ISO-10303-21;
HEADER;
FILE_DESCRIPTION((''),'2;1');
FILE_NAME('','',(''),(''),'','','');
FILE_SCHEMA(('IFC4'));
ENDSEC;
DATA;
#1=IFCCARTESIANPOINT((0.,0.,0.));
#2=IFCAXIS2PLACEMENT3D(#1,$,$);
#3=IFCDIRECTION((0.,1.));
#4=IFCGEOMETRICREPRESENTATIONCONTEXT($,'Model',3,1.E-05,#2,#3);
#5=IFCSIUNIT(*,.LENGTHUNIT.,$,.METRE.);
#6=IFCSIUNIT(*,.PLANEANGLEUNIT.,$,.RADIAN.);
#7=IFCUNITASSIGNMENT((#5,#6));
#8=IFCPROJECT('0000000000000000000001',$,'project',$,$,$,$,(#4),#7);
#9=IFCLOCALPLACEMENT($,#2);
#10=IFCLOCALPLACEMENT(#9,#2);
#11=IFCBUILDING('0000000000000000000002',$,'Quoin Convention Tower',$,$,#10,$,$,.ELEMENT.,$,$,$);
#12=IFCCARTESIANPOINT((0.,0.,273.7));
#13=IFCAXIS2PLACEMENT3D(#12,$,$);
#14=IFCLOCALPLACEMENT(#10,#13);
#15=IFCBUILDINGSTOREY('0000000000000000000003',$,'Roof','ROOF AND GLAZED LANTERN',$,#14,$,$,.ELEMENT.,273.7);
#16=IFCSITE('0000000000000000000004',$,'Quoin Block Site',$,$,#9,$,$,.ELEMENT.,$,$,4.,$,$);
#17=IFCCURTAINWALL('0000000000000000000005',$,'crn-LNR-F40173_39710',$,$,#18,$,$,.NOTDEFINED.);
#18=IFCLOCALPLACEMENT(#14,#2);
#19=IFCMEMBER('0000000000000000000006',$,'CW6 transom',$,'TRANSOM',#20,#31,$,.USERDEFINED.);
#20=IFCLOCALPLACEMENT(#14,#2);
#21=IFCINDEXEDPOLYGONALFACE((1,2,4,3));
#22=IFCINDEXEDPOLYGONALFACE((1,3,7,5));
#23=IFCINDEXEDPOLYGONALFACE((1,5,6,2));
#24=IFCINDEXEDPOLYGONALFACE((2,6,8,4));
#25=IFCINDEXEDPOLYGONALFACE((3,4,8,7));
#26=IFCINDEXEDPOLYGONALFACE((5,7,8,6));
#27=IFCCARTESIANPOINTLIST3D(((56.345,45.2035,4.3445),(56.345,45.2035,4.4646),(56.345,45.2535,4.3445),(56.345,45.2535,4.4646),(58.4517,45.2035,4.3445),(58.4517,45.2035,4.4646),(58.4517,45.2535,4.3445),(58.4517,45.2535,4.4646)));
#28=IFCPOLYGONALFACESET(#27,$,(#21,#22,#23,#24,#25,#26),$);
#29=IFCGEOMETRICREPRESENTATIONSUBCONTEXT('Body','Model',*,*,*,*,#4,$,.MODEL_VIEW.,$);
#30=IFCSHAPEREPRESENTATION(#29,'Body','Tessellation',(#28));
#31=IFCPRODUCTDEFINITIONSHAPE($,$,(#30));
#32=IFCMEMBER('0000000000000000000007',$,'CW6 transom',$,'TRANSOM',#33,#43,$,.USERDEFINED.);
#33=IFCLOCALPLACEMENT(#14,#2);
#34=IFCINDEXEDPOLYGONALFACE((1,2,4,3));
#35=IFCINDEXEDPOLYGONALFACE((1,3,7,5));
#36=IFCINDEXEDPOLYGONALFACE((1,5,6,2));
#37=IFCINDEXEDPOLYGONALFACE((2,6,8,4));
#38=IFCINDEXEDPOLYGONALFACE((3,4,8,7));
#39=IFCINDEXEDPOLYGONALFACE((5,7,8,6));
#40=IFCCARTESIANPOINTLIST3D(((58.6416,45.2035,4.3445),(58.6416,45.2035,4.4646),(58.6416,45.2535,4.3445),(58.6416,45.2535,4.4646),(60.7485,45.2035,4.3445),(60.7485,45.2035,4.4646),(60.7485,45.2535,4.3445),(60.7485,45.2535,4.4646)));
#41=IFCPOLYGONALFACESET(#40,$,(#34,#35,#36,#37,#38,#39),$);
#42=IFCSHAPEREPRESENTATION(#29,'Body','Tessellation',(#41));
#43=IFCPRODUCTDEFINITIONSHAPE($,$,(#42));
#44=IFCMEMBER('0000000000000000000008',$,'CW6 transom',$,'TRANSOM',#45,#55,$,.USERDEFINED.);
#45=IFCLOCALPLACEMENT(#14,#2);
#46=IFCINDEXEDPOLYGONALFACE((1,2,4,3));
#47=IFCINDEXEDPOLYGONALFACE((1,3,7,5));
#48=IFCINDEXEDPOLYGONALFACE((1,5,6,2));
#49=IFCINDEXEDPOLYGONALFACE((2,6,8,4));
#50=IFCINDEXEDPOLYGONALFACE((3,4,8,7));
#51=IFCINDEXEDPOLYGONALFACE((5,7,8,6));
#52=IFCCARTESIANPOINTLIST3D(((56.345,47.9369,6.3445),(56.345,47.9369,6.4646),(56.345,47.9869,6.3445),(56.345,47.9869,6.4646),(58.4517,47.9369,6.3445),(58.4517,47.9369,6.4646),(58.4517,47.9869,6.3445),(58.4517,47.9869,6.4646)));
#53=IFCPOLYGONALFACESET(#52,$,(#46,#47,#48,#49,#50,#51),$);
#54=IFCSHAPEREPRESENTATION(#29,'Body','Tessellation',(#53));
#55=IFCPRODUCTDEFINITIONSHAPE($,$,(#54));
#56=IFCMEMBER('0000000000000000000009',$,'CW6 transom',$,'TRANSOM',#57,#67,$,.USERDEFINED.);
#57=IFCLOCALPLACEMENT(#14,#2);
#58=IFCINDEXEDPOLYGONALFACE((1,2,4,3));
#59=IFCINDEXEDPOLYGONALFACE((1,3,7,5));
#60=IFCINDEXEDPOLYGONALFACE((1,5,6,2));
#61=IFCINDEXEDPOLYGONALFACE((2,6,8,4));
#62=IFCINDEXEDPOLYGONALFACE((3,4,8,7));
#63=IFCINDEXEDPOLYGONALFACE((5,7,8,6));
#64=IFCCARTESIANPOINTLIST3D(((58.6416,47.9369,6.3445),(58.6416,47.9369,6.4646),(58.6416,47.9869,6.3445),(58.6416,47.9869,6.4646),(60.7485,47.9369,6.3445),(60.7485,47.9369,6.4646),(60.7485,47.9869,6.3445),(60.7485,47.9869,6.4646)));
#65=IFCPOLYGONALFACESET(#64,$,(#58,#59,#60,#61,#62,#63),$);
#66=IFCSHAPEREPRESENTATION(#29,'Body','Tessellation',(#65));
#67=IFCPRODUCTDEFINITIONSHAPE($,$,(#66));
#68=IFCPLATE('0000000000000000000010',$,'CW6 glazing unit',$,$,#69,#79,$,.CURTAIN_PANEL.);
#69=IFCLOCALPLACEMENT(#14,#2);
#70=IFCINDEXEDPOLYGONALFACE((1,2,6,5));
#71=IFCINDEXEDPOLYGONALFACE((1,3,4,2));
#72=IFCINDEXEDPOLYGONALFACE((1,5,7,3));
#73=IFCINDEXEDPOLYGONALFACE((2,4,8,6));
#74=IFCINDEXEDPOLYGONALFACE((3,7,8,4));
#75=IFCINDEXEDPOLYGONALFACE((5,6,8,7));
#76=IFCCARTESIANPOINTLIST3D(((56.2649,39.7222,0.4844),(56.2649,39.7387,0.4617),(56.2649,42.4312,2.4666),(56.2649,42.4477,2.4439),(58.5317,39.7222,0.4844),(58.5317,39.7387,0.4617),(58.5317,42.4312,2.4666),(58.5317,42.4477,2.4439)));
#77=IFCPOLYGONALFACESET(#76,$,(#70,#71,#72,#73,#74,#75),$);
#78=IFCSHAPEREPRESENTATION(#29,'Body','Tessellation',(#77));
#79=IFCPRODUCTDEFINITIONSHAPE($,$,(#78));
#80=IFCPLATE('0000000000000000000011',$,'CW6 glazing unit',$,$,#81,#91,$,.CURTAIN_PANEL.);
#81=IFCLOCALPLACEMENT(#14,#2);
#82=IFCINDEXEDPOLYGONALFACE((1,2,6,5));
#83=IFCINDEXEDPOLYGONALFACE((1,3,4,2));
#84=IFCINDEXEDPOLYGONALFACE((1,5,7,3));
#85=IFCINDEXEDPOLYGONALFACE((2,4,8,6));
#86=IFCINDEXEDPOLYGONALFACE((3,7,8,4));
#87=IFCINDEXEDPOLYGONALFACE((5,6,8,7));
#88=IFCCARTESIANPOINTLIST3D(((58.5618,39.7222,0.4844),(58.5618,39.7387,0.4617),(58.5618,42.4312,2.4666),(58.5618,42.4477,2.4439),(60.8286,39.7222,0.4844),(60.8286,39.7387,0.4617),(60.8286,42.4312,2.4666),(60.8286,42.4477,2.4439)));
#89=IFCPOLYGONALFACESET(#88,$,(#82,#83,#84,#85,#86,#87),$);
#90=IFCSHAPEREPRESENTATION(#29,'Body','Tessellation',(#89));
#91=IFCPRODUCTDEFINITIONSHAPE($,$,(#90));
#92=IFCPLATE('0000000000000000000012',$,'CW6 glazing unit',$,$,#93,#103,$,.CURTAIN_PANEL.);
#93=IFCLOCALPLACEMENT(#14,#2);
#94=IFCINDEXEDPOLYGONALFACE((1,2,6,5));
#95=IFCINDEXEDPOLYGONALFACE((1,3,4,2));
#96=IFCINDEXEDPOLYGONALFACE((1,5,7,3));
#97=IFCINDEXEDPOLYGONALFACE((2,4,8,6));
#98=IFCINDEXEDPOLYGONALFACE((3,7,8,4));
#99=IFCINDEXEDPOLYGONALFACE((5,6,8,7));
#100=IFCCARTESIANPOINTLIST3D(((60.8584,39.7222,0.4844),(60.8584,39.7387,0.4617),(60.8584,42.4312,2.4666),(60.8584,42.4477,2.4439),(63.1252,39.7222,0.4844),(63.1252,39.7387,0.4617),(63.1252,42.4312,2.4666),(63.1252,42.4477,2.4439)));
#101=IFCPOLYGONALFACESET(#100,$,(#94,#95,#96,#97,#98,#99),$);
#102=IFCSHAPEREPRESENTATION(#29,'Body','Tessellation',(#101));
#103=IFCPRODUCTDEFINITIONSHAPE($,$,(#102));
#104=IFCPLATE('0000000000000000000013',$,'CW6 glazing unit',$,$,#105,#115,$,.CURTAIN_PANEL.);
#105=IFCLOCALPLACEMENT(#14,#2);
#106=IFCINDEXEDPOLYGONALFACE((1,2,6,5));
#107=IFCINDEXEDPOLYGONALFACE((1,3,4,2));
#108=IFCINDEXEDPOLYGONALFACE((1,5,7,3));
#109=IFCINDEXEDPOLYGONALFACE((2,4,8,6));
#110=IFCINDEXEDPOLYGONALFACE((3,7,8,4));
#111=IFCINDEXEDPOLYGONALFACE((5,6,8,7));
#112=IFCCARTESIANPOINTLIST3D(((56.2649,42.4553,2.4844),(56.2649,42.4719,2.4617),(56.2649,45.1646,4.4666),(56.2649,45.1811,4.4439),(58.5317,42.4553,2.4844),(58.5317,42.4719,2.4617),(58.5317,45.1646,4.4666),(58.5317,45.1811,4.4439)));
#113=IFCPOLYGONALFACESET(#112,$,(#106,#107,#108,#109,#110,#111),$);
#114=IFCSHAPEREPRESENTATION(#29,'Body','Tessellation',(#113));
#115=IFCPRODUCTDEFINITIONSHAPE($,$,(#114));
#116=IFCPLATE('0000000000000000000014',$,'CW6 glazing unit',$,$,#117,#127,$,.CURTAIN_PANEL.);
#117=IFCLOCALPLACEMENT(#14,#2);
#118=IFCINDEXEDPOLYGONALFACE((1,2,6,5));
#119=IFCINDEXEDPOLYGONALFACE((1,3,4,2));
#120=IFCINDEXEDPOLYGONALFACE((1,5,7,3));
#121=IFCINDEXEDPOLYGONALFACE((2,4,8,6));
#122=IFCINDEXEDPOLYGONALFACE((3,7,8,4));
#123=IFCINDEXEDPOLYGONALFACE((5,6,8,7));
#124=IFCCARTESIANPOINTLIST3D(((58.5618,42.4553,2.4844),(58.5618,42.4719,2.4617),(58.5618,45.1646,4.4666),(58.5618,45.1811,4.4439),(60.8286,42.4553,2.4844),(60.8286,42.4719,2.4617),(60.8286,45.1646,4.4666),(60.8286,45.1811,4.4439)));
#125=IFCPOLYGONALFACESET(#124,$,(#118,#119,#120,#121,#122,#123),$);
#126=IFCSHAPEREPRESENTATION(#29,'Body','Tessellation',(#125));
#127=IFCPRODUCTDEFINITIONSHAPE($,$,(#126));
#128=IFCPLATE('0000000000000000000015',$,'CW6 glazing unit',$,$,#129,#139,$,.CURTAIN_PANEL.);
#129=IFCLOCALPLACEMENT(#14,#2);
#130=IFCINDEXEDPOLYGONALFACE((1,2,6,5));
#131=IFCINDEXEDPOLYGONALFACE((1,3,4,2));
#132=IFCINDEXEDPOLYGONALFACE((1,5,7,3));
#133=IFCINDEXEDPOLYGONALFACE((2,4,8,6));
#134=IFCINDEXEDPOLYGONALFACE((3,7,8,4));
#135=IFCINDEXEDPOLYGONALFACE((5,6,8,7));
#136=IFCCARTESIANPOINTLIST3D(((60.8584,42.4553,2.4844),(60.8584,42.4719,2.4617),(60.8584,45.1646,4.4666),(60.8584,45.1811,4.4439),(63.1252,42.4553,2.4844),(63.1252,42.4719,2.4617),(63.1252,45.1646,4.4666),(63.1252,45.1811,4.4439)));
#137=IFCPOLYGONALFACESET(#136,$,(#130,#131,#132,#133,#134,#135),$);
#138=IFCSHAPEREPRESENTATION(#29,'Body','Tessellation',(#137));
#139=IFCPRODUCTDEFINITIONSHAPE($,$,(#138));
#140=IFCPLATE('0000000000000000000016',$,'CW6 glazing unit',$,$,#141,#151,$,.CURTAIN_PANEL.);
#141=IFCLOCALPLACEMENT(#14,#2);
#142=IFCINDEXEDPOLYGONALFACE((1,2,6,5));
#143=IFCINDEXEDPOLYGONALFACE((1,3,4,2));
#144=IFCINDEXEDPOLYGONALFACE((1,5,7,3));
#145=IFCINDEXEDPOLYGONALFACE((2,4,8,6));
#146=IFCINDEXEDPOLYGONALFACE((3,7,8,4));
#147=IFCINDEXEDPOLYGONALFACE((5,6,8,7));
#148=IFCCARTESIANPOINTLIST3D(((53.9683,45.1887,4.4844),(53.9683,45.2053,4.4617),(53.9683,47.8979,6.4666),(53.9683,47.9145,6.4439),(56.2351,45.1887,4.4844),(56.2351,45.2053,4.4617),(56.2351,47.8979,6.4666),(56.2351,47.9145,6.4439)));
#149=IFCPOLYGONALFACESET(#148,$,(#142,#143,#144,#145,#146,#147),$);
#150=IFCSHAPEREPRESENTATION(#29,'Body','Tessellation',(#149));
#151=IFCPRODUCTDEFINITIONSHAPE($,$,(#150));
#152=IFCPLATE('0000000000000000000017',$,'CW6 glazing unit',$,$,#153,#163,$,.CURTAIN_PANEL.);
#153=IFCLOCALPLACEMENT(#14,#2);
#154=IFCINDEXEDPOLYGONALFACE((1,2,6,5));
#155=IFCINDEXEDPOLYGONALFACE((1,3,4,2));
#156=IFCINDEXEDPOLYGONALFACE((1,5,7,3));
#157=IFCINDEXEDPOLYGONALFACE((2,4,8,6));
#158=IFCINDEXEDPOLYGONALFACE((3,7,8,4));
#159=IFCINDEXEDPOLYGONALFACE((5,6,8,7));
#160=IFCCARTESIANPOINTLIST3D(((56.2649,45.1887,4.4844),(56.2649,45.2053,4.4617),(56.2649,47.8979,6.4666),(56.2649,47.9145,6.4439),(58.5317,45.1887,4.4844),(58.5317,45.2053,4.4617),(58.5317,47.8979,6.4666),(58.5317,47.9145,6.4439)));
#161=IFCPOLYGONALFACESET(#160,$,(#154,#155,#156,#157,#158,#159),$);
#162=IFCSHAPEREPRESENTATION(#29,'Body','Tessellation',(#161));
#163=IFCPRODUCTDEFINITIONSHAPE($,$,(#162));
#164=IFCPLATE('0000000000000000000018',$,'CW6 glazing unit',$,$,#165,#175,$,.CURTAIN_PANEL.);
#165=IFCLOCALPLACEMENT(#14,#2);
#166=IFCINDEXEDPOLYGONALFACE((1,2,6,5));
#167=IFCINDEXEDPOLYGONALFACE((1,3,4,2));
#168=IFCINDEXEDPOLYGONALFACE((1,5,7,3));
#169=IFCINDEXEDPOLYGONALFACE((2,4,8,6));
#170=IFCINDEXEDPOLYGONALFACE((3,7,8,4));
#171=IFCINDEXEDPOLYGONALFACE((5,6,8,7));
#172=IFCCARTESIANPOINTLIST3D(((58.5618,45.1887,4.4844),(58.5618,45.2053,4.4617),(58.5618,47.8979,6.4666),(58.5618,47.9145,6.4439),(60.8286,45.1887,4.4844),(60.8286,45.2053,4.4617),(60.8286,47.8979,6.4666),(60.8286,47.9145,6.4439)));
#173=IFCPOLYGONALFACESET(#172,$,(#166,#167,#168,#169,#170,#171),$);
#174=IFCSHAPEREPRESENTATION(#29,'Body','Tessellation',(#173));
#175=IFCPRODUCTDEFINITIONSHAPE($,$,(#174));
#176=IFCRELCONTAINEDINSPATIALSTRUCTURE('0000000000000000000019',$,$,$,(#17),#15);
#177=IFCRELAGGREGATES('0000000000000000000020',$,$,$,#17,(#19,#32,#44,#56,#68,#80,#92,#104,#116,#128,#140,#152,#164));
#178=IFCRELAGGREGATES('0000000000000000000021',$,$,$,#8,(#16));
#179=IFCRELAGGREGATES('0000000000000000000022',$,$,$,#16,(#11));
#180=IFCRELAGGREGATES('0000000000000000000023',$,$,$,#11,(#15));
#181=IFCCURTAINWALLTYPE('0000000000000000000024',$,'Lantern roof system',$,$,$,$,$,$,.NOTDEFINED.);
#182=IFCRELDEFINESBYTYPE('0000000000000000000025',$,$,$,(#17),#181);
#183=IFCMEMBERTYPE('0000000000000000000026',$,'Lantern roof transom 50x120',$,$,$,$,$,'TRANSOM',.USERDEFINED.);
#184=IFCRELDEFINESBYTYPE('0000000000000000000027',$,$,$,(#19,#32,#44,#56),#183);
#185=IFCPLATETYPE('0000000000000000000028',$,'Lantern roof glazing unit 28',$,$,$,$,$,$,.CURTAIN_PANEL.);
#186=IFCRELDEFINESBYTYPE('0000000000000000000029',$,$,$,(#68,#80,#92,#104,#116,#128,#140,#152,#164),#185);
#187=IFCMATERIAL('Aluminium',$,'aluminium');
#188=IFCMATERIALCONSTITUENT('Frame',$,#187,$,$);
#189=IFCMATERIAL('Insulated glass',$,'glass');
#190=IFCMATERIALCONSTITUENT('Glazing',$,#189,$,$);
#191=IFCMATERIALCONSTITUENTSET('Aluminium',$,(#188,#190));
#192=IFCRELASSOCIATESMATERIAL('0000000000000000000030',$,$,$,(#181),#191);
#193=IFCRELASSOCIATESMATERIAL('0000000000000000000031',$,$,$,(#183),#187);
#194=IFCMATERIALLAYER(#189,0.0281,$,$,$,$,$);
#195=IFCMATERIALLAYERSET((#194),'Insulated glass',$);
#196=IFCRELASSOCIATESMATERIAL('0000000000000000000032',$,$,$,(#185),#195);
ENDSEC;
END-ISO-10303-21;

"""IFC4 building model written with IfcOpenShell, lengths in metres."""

from ifc_helpers import new_model, si_unit, direction, frame, origin, origin_2d, place, context, subcontext, project, spatial, polyline, rectangle, outline, extrude, material, layer, layer_set, constituent, constituent_set, material_profile, profile_set, type_object, element, aggregate, save


model = new_model("IFC4")

# Units and contexts
model_context = context("Model", 3, precision=1e-05, world=origin(), true_north=direction((0.0, 1.0)))
body_context = subcontext(model_context, "Body", "Model", "MODEL_VIEW")
ifc_project = project(units=[si_unit("LENGTHUNIT", "METRE"), si_unit("PLANEANGLEUNIT", "RADIAN")], contexts=[model_context])

# Site, building, storey
site_placement = place(None, origin())
site = spatial("IfcSite", under=ifc_project, at=site_placement, Name="Quoin Block Site", CompositionType="ELEMENT", RefElevation=4.0)
building_placement = place(site_placement, origin())
building = spatial("IfcBuilding", under=site, at=building_placement, Name="Quoin Convention Tower", CompositionType="ELEMENT")
storey_placement = place(building_placement, frame((0.0, 0.0, 273.7)))
storey = spatial("IfcBuildingStorey", under=building, at=storey_placement, Name="Roof", Description="ROOF AND GLAZED LANTERN", CompositionType="ELEMENT", Elevation=273.7)

# Shared definitions
ifc_material_1 = material(Name="Aluminium", Category="aluminium")
ifc_constituent_1 = constituent(ifc_material_1, Name="Frame")
ifc_material_2 = material(Name="Insulated glass", Category="glass")
ifc_constituent_2 = constituent(ifc_material_2, Name="Glazing")
ifc_constituent_set = constituent_set(constituents=[ifc_constituent_1, ifc_constituent_2], Name="Aluminium")
curtain_wall_type = type_object("IfcCurtainWallType", Name="Lantern roof system", PredefinedType="NOTDEFINED", material=ifc_constituent_set)

# Curtain wall
curtain_wall_1_placement = place(storey_placement, origin())
curtain_wall_1 = element("IfcCurtainWall", 1, at=curtain_wall_1_placement, inside=storey, type_object=curtain_wall_type, Name="crn-LNR-F40173_39710", PredefinedType="NOTDEFINED")

# Members
ifc_material_profile_1 = material_profile(ifc_material_1, rectangle(XDim=0.1201, YDim=0.05, at=origin_2d()), Name="Lantern roof transom 50x120")
ifc_profile_set_1 = profile_set([ifc_material_profile_1], Name="Aluminium")
member_type_1 = type_object("IfcMemberType", Name="Lantern roof transom 50x120", ElementType="TRANSOM", PredefinedType="USERDEFINED", material=ifc_profile_set_1)
member_1_placement = place(storey_placement, frame((56.345, 45.2285, 4.4045), z_axis=(1.0, 0.0, 0.0), x_axis=(0.0, 0.0, 1.0)))
member_1 = element("IfcMember", 2, at=member_1_placement, type_object=member_type_1, Name="CW6 transom", ObjectType="TRANSOM", PredefinedType="USERDEFINED", context=body_context, shape_type="SweptSolid", body=[
    extrude(rectangle(XDim=0.1201, YDim=0.05, at=origin_2d()), origin(), (0.0, 0.0, 1.0), 2.1067),
])
member_2_placement = place(storey_placement, frame((58.6416, 45.2285, 4.4045), z_axis=(1.0, 0.0, 0.0), x_axis=(0.0, 0.0, 1.0)))
member_2 = element("IfcMember", 3, at=member_2_placement, type_object=member_type_1, Name="CW6 transom", ObjectType="TRANSOM", PredefinedType="USERDEFINED", context=body_context, shape_type="SweptSolid", body=[
    extrude(rectangle(XDim=0.1201, YDim=0.05, at=origin_2d()), origin(), (0.0, 0.0, 1.0), 2.1069),
])
member_3_placement = place(storey_placement, frame((56.345, 47.9619, 6.4045), z_axis=(1.0, 0.0, 0.0), x_axis=(0.0, 0.0, 1.0)))
member_3 = element("IfcMember", 4, at=member_3_placement, type_object=member_type_1, Name="CW6 transom", ObjectType="TRANSOM", PredefinedType="USERDEFINED", context=body_context, shape_type="SweptSolid", body=[
    extrude(rectangle(XDim=0.1201, YDim=0.05, at=origin_2d()), origin(), (0.0, 0.0, 1.0), 2.1067),
])
member_4_placement = place(storey_placement, frame((58.6416, 47.9619, 6.4045), z_axis=(1.0, 0.0, 0.0), x_axis=(0.0, 0.0, 1.0)))
member_4 = element("IfcMember", 5, at=member_4_placement, type_object=member_type_1, Name="CW6 transom", ObjectType="TRANSOM", PredefinedType="USERDEFINED", context=body_context, shape_type="SweptSolid", body=[
    extrude(rectangle(XDim=0.1201, YDim=0.05, at=origin_2d()), origin(), (0.0, 0.0, 1.0), 2.1069),
])

# Plates
ifc_layer = layer(ifc_material_2, 0.0281)
ifc_layer_set = layer_set([ifc_layer], Name="Insulated glass")
plate_type = type_object("IfcPlateType", Name="Lantern roof glazing unit 28", PredefinedType="CURTAIN_PANEL", material=ifc_layer_set)
plate_1_placement = place(storey_placement, frame((56.2649, 42.4312, 2.4666), z_axis=(0.0, -0.590509, 0.807031), x_axis=(1.0, 0.0, 0.0)))
plate_1 = element("IfcPlate", 6, at=plate_1_placement, type_object=plate_type, Name="CW6 glazing unit", PredefinedType="CURTAIN_PANEL", context=body_context, shape_type="SweptSolid", body=[
    extrude(outline(polyline([(0.0, 0.0), (2.2668, 0.0), (2.2668, -3.3567), (0.0, -3.3567), (0.0, 0.0)])), origin(), (0.0, 0.0, -1.0), 0.0281),
])
plate_2_placement = place(storey_placement, frame((58.5618, 42.4312, 2.4666), z_axis=(0.0, -0.590509, 0.807031), x_axis=(1.0, 0.0, 0.0)))
plate_2 = element("IfcPlate", 7, at=plate_2_placement, type_object=plate_type, Name="CW6 glazing unit", PredefinedType="CURTAIN_PANEL", context=body_context, shape_type="SweptSolid", body=[
    extrude(outline(polyline([(0.0, 0.0), (2.2668, 0.0), (2.2668, -3.3567), (0.0, -3.3567), (0.0, 0.0)])), origin(), (0.0, 0.0, -1.0), 0.0281),
])
plate_3_placement = place(storey_placement, frame((60.8584, 42.4312, 2.4666), z_axis=(0.0, -0.590509, 0.807031), x_axis=(1.0, 0.0, 0.0)))
plate_3 = element("IfcPlate", 8, at=plate_3_placement, type_object=plate_type, Name="CW6 glazing unit", PredefinedType="CURTAIN_PANEL", context=body_context, shape_type="SweptSolid", body=[
    extrude(outline(polyline([(0.0, 0.0), (2.2668, 0.0), (2.2668, -3.3567), (0.0, -3.3567), (0.0, 0.0)])), origin(), (0.0, 0.0, -1.0), 0.0281),
])
plate_4_placement = place(storey_placement, frame((56.2649, 42.4553, 2.4844), z_axis=(0.0, -0.590474, 0.807057), x_axis=(0.0, 0.807057, 0.590474)))
plate_4 = element("IfcPlate", 9, at=plate_4_placement, type_object=plate_type, Name="CW6 glazing unit", PredefinedType="CURTAIN_PANEL", context=body_context, shape_type="SweptSolid", body=[
    extrude(outline(polyline([(0.0, 0.0), (3.3569, 0.0), (3.3569, -2.2668), (0.0, -2.2668), (0.0, 0.0)])), origin(), (0.0, 0.0, -1.0), 0.0281),
])
plate_5_placement = place(storey_placement, frame((58.5618, 42.4553, 2.4844), z_axis=(0.0, -0.590474, 0.807057), x_axis=(0.0, 0.807057, 0.590474)))
plate_5 = element("IfcPlate", 10, at=plate_5_placement, type_object=plate_type, Name="CW6 glazing unit", PredefinedType="CURTAIN_PANEL", context=body_context, shape_type="SweptSolid", body=[
    extrude(outline(polyline([(0.0, 0.0), (3.3569, 0.0), (3.3569, -2.2668), (0.0, -2.2668), (0.0, 0.0)])), origin(), (0.0, 0.0, -1.0), 0.0281),
])
plate_6_placement = place(storey_placement, frame((60.8584, 42.4553, 2.4844), z_axis=(0.0, -0.590474, 0.807057), x_axis=(0.0, 0.807057, 0.590474)))
plate_6 = element("IfcPlate", 11, at=plate_6_placement, type_object=plate_type, Name="CW6 glazing unit", PredefinedType="CURTAIN_PANEL", context=body_context, shape_type="SweptSolid", body=[
    extrude(outline(polyline([(0.0, 0.0), (3.3569, 0.0), (3.3569, -2.2668), (0.0, -2.2668), (0.0, 0.0)])), origin(), (0.0, 0.0, -1.0), 0.0281),
])
plate_7_placement = place(storey_placement, frame((56.2351, 45.1887, 4.4844), z_axis=(0.0, -0.590474, 0.807057), x_axis=(-1.0, 0.0, 0.0)))
plate_7 = element("IfcPlate", 12, at=plate_7_placement, type_object=plate_type, Name="CW6 glazing unit", PredefinedType="CURTAIN_PANEL", context=body_context, shape_type="SweptSolid", body=[
    extrude(outline(polyline([(0.0, 0.0), (2.2668, 0.0), (2.2668, -3.3569), (0.0, -3.3569), (0.0, 0.0)])), origin(), (0.0, 0.0, -1.0), 0.0281),
])
plate_8_placement = place(storey_placement, frame((58.5317, 45.1887, 4.4844), z_axis=(0.0, -0.590474, 0.807057), x_axis=(-1.0, 0.0, 0.0)))
plate_8 = element("IfcPlate", 13, at=plate_8_placement, type_object=plate_type, Name="CW6 glazing unit", PredefinedType="CURTAIN_PANEL", context=body_context, shape_type="SweptSolid", body=[
    extrude(outline(polyline([(0.0, 0.0), (2.2668, 0.0), (2.2668, -3.3569), (0.0, -3.3569), (0.0, 0.0)])), origin(), (0.0, 0.0, -1.0), 0.0281),
])
plate_9_placement = place(storey_placement, frame((60.8286, 45.1887, 4.4844), z_axis=(0.0, -0.590474, 0.807057), x_axis=(-1.0, 0.0, 0.0)))
plate_9 = element("IfcPlate", 14, at=plate_9_placement, type_object=plate_type, Name="CW6 glazing unit", PredefinedType="CURTAIN_PANEL", context=body_context, shape_type="SweptSolid", body=[
    extrude(outline(polyline([(0.0, 0.0), (2.2668, 0.0), (2.2668, -3.3569), (0.0, -3.3569), (0.0, 0.0)])), origin(), (0.0, 0.0, -1.0), 0.0281),
])
aggregate(curtain_wall_1, [member_1, member_2, member_3, member_4, plate_1, plate_2, plate_3, plate_4, plate_5, plate_6, plate_7, plate_8, plate_9])

save(model, "model.ifc")
